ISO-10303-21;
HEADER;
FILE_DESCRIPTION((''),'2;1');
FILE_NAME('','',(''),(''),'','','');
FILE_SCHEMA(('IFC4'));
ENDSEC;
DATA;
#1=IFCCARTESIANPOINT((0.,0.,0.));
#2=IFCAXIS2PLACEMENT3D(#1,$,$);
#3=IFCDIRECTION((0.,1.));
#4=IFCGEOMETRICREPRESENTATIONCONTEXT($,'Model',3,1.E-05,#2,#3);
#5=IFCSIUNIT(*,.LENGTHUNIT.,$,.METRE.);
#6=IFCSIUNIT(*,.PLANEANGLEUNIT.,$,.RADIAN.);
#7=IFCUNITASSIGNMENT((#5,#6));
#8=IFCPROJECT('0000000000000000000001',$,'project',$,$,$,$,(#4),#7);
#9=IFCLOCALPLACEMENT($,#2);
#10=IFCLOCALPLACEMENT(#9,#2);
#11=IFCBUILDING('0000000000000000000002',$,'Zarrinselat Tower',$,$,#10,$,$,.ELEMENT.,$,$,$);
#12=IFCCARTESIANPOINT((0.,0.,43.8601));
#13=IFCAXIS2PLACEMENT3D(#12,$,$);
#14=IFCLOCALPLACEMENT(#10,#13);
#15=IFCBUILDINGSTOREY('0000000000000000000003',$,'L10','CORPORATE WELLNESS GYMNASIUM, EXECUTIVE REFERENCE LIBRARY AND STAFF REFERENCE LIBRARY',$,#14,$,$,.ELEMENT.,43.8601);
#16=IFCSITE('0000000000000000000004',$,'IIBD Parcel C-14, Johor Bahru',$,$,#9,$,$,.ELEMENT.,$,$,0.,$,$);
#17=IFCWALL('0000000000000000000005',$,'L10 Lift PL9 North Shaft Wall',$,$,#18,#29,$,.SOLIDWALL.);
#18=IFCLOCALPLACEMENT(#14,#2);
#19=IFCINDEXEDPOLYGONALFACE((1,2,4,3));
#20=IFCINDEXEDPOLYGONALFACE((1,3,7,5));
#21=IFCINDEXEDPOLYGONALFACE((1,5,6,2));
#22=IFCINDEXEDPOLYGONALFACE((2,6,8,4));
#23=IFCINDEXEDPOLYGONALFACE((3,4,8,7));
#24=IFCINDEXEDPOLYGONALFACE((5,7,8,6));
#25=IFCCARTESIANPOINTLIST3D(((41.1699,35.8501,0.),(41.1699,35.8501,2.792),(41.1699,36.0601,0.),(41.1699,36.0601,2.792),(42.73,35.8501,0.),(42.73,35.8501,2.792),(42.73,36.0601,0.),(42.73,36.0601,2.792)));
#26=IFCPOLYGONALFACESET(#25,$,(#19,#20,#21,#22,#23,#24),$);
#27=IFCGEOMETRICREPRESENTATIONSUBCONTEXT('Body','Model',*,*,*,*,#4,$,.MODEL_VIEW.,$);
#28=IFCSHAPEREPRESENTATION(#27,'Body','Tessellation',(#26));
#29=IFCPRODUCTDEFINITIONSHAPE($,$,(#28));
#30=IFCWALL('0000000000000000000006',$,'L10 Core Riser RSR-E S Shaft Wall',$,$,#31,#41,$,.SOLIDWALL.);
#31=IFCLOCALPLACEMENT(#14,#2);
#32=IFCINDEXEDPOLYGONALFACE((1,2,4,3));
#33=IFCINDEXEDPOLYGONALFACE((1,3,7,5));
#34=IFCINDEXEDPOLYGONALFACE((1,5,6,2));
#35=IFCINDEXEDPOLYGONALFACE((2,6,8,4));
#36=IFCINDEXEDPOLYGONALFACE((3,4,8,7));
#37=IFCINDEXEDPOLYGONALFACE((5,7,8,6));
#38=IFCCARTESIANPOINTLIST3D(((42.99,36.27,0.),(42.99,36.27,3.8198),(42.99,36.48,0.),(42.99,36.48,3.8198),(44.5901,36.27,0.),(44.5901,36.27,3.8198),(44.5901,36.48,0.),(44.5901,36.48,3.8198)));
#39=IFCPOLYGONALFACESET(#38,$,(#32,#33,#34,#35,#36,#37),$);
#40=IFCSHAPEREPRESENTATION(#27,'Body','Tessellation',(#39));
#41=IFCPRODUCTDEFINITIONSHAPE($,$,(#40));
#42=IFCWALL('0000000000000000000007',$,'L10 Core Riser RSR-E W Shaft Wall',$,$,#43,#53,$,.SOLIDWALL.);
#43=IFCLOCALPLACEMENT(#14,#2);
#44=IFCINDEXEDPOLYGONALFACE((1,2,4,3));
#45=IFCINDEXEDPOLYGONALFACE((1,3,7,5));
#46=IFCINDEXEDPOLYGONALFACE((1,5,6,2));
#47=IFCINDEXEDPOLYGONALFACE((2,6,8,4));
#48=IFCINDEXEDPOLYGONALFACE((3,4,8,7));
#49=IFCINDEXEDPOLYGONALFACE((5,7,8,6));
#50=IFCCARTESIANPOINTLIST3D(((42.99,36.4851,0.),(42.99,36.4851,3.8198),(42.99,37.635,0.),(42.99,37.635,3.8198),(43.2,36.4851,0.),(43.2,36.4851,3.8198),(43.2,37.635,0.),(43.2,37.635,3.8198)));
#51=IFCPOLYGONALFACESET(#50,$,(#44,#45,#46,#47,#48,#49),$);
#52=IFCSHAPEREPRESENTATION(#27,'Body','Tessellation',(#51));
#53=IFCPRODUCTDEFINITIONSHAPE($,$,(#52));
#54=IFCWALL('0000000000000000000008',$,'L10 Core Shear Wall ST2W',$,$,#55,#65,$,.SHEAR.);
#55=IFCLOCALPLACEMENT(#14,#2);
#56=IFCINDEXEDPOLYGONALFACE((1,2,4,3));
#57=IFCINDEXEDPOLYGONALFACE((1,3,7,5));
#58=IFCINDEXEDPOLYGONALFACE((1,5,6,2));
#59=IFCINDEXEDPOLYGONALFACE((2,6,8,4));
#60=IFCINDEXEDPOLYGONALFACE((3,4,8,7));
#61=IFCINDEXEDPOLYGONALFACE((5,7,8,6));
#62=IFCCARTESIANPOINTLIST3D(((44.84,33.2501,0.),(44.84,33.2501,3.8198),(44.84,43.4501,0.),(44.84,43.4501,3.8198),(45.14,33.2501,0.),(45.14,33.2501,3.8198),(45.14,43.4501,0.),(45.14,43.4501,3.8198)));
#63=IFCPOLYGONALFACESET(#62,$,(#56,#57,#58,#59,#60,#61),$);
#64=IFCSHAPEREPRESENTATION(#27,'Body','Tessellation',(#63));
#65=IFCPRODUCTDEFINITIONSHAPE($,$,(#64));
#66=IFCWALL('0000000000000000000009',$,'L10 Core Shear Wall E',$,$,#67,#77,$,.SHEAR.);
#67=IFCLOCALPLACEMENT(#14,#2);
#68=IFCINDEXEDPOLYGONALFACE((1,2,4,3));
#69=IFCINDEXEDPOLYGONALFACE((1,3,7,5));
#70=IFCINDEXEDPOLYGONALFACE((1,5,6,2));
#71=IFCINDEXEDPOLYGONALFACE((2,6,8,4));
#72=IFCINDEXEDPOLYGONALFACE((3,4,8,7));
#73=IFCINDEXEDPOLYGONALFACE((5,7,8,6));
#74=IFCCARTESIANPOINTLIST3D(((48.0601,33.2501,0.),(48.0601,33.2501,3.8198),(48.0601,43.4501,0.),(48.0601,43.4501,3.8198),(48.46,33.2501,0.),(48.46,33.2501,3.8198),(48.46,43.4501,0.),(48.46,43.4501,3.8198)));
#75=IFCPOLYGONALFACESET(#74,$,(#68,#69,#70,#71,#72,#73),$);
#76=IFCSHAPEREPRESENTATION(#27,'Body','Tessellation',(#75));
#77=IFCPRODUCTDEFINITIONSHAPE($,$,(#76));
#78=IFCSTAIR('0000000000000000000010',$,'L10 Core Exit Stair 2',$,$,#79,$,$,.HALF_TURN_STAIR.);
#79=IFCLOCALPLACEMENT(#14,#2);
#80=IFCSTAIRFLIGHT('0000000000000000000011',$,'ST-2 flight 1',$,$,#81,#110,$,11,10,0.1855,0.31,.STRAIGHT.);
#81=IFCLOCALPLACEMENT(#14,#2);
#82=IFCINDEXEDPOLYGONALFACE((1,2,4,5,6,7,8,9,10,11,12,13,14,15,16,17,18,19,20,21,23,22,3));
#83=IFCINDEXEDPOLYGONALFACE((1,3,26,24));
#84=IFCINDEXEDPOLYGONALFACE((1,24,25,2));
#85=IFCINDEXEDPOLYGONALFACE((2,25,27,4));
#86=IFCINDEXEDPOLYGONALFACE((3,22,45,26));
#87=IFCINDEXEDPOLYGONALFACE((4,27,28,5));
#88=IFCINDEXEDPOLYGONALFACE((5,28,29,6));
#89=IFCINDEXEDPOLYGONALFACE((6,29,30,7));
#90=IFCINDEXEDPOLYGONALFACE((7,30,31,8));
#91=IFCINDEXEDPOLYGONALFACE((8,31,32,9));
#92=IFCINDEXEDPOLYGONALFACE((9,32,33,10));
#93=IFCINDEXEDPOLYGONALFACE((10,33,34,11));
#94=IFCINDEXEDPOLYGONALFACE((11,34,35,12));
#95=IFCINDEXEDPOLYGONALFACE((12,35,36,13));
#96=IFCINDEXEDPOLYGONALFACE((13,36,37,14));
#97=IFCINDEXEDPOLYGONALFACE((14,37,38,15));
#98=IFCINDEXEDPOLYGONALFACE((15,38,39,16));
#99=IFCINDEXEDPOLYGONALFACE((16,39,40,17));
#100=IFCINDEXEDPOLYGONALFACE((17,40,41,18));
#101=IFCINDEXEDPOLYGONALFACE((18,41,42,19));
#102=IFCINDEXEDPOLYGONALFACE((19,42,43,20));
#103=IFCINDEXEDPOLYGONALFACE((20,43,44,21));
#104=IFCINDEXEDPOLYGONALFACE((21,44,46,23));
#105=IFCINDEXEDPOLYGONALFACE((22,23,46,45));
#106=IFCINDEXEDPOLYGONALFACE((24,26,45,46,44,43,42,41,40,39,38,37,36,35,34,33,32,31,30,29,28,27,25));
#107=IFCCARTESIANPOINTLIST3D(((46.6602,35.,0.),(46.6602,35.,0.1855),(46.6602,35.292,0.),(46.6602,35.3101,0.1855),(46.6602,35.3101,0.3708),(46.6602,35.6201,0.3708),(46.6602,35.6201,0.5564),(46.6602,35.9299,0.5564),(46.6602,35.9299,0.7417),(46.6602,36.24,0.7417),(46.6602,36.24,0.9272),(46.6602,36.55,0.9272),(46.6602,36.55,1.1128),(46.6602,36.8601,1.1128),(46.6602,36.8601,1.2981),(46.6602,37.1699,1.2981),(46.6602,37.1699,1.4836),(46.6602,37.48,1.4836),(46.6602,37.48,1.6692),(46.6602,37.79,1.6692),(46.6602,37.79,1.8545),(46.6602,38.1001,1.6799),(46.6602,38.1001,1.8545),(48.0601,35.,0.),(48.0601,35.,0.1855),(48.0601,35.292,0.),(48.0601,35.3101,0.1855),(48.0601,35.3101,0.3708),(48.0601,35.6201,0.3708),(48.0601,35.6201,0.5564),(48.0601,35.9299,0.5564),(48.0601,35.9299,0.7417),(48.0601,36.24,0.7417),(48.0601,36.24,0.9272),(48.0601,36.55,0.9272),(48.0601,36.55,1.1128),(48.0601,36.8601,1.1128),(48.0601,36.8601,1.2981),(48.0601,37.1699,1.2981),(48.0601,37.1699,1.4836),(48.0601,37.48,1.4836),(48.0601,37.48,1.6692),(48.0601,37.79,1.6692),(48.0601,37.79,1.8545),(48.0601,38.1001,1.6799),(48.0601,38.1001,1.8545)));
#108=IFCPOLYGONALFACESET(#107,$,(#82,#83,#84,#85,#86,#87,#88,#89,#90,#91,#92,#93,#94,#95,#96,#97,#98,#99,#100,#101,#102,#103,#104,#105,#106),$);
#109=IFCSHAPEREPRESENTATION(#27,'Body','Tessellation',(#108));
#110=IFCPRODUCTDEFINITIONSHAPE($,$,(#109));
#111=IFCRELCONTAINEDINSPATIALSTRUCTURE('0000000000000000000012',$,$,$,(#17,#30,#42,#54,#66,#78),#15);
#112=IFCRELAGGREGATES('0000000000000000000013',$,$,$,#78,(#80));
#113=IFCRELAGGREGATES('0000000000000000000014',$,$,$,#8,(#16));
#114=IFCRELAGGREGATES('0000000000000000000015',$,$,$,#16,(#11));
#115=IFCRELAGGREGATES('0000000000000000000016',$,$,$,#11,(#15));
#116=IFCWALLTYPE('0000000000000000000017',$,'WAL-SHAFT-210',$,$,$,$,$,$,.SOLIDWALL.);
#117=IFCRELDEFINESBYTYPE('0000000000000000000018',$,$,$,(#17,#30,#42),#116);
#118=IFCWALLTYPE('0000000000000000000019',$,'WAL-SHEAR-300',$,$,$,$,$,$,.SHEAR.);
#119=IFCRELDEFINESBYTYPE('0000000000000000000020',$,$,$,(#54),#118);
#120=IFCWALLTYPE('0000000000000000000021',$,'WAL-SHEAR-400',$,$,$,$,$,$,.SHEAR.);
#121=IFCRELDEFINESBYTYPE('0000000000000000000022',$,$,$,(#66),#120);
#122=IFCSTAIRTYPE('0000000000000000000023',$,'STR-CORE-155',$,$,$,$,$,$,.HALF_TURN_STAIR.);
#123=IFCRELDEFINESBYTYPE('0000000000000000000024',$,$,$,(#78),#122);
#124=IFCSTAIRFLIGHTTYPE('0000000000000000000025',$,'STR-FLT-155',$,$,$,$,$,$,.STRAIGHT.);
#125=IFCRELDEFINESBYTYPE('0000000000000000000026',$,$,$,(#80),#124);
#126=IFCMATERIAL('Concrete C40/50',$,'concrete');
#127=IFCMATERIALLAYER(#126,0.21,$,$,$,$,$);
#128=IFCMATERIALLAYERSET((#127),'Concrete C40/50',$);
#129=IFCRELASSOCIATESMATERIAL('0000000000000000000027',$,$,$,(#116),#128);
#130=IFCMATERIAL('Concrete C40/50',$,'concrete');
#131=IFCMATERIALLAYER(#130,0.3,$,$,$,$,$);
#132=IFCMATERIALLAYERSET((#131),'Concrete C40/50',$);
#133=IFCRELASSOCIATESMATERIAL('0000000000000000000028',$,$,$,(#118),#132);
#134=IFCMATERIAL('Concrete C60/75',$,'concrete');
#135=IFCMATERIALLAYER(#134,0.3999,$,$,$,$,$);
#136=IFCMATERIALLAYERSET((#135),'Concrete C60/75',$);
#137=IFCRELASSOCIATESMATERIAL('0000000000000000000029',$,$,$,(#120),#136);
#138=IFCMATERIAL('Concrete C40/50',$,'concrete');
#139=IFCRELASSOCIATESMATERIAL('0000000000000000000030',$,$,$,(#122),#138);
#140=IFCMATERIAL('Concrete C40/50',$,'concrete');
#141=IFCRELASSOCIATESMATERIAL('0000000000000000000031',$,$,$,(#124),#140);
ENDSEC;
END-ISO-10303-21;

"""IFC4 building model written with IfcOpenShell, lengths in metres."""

from ifc_helpers import new_model, si_unit, direction, frame, frame_2d, origin, place, context, subcontext, project, spatial, polyline, rectangle, outline, extrude, material, layer, layer_set, type_object, element, aggregate, save


model = new_model("IFC4")

# Units and contexts
model_context = context("Model", 3, precision=1e-05, world=origin(), true_north=direction((0.0, 1.0)))
body_context = subcontext(model_context, "Body", "Model", "MODEL_VIEW")
ifc_project = project(units=[si_unit("LENGTHUNIT", "METRE"), si_unit("PLANEANGLEUNIT", "RADIAN")], contexts=[model_context])

# Site, building, storey
site_placement = place(None, origin())
site = spatial("IfcSite", under=ifc_project, at=site_placement, Name="IIBD Parcel C-14, Johor Bahru", CompositionType="ELEMENT", RefElevation=0.0)
building_placement = place(site_placement, origin())
building = spatial("IfcBuilding", under=site, at=building_placement, Name="Zarrinselat Tower", CompositionType="ELEMENT")
storey_placement = place(building_placement, frame((0.0, 0.0, 43.8601)))
storey = spatial("IfcBuildingStorey", under=building, at=storey_placement, Name="L10", Description="CORPORATE WELLNESS GYMNASIUM, EXECUTIVE REFERENCE LIBRARY AND STAFF REFERENCE LIBRARY", CompositionType="ELEMENT", Elevation=43.8601)

# Walls
ifc_material_1 = material(Name="Concrete C40/50", Category="concrete")
ifc_layer_1 = layer(ifc_material_1, 0.21)
ifc_layer_set_1 = layer_set([ifc_layer_1], Name="Concrete C40/50")
wall_type_1 = type_object("IfcWallType", Name="WAL-SHAFT-210", PredefinedType="SOLIDWALL", material=ifc_layer_set_1)
wall_1_placement = place(storey_placement, frame((41.1699, 35.9551, 0.0), z_axis=(0.0, 0.0, 1.0), x_axis=(1.0, 0.0, 0.0)))
element("IfcWall", 1, at=wall_1_placement, inside=storey, type_object=wall_type_1, Name="L10 Lift PL9 North Shaft Wall", PredefinedType="SOLIDWALL", context=body_context, shape_type="SweptSolid", body=[
    extrude(rectangle(XDim=1.5601, YDim=0.21, at=frame_2d((0.78, 0.0))), origin(), (0.0, 0.0, 1.0), 2.792),
])
wall_2_placement = place(storey_placement, frame((42.99, 36.375, 0.0), z_axis=(0.0, 0.0, 1.0), x_axis=(1.0, 0.0, 0.0)))
element("IfcWall", 2, at=wall_2_placement, inside=storey, type_object=wall_type_1, Name="L10 Core Riser RSR-E S Shaft Wall", PredefinedType="SOLIDWALL", context=body_context, shape_type="SweptSolid", body=[
    extrude(rectangle(XDim=1.6001, YDim=0.21, at=frame_2d((0.8, 0.0))), origin(), (0.0, 0.0, 1.0), 3.8198),
])
wall_3_placement = place(storey_placement, frame((43.095, 36.4851, 0.0), z_axis=(0.0, 0.0, 1.0), x_axis=(0.0, 1.0, 0.0)))
element("IfcWall", 3, at=wall_3_placement, inside=storey, type_object=wall_type_1, Name="L10 Core Riser RSR-E W Shaft Wall", PredefinedType="SOLIDWALL", context=body_context, shape_type="SweptSolid", body=[
    extrude(rectangle(XDim=1.1499, YDim=0.21, at=frame_2d((0.575, 0.0))), origin(), (0.0, 0.0, 1.0), 3.8198),
])
ifc_material_2 = material(Name="Concrete C40/50", Category="concrete")
ifc_layer_2 = layer(ifc_material_2, 0.3)
ifc_layer_set_2 = layer_set([ifc_layer_2], Name="Concrete C40/50")
wall_type_2 = type_object("IfcWallType", Name="WAL-SHEAR-300", PredefinedType="SHEAR", material=ifc_layer_set_2)
wall_4_placement = place(storey_placement, frame((44.99, 33.25, 0.0), z_axis=(0.0, 0.0, 1.0), x_axis=(0.0, 1.0, 0.0)))
element("IfcWall", 4, at=wall_4_placement, inside=storey, type_object=wall_type_2, Name="L10 Core Shear Wall ST2W", PredefinedType="SHEAR", context=body_context, shape_type="SweptSolid", body=[
    extrude(rectangle(XDim=10.2, YDim=0.3, at=frame_2d((5.1001, 0.0))), origin(), (0.0, 0.0, 1.0), 3.8198),
])
ifc_material_3 = material(Name="Concrete C60/75", Category="concrete")
ifc_layer_3 = layer(ifc_material_3, 0.3999)
ifc_layer_set_3 = layer_set([ifc_layer_3], Name="Concrete C60/75")
wall_type_3 = type_object("IfcWallType", Name="WAL-SHEAR-400", PredefinedType="SHEAR", material=ifc_layer_set_3)
wall_5_placement = place(storey_placement, frame((48.26, 33.25, 0.0), z_axis=(0.0, 0.0, 1.0), x_axis=(0.0, 1.0, 0.0)))
element("IfcWall", 5, at=wall_5_placement, inside=storey, type_object=wall_type_3, Name="L10 Core Shear Wall E", PredefinedType="SHEAR", context=body_context, shape_type="SweptSolid", body=[
    extrude(rectangle(XDim=10.2, YDim=0.3999, at=frame_2d((5.1001, 0.0))), origin(), (0.0, 0.0, 1.0), 3.8198),
])

# Stair, stair flight
ifc_material_4 = material(Name="Concrete C40/50", Category="concrete")
stair_type = type_object("IfcStairType", Name="STR-CORE-155", PredefinedType="HALF_TURN_STAIR", material=ifc_material_4)
stair_placement = place(storey_placement, origin())
stair = element("IfcStair", 6, at=stair_placement, inside=storey, type_object=stair_type, Name="L10 Core Exit Stair 2", PredefinedType="HALF_TURN_STAIR")
ifc_material_5 = material(Name="Concrete C40/50", Category="concrete")
stair_flight_type = type_object("IfcStairFlightType", Name="STR-FLT-155", PredefinedType="STRAIGHT", material=ifc_material_5)
stair_flight_placement = place(storey_placement, frame((47.3601, 35.0, 0.0), z_axis=(0.0, 0.0, 1.0), x_axis=(0.0, 1.0, 0.0)))
stair_flight = element("IfcStairFlight", 7, at=stair_flight_placement, type_object=stair_flight_type, Name="ST-2 flight 1", NumberOfRisers=11, NumberOfTreads=10, PredefinedType="STRAIGHT", RiserHeight=0.1855, TreadLength=0.31, context=body_context, shape_type="SweptSolid", body=[
    extrude(outline(polyline([(0.0, 0.0), (0.0, 0.1855), (0.3101, 0.1855), (0.3101, 0.3708), (0.6201, 0.3708), (0.6201, 0.5564), (0.9299, 0.5564), (0.9299, 0.7417), (1.24, 0.7417), (1.24, 0.9272), (1.55, 0.9272), (1.55, 1.1128), (1.8601, 1.1128), (1.8601, 1.2981), (2.1699, 1.2981), (2.1699, 1.4836), (2.48, 1.4836), (2.48, 1.6692), (2.79, 1.6692), (2.79, 1.8545), (3.1001, 1.8545), (3.1001, 2.04), (3.1001, 1.6799), (0.292, 0.0), (0.0, 0.0)])), frame((0.0, 0.7, 0.0), z_axis=(0.0, -1.0, 0.0), x_axis=(1.0, 0.0, 0.0)), (0.0, 0.0, 1.0), 1.3999),
])
aggregate(stair, [stair_flight])

save(model, "model.ifc")
